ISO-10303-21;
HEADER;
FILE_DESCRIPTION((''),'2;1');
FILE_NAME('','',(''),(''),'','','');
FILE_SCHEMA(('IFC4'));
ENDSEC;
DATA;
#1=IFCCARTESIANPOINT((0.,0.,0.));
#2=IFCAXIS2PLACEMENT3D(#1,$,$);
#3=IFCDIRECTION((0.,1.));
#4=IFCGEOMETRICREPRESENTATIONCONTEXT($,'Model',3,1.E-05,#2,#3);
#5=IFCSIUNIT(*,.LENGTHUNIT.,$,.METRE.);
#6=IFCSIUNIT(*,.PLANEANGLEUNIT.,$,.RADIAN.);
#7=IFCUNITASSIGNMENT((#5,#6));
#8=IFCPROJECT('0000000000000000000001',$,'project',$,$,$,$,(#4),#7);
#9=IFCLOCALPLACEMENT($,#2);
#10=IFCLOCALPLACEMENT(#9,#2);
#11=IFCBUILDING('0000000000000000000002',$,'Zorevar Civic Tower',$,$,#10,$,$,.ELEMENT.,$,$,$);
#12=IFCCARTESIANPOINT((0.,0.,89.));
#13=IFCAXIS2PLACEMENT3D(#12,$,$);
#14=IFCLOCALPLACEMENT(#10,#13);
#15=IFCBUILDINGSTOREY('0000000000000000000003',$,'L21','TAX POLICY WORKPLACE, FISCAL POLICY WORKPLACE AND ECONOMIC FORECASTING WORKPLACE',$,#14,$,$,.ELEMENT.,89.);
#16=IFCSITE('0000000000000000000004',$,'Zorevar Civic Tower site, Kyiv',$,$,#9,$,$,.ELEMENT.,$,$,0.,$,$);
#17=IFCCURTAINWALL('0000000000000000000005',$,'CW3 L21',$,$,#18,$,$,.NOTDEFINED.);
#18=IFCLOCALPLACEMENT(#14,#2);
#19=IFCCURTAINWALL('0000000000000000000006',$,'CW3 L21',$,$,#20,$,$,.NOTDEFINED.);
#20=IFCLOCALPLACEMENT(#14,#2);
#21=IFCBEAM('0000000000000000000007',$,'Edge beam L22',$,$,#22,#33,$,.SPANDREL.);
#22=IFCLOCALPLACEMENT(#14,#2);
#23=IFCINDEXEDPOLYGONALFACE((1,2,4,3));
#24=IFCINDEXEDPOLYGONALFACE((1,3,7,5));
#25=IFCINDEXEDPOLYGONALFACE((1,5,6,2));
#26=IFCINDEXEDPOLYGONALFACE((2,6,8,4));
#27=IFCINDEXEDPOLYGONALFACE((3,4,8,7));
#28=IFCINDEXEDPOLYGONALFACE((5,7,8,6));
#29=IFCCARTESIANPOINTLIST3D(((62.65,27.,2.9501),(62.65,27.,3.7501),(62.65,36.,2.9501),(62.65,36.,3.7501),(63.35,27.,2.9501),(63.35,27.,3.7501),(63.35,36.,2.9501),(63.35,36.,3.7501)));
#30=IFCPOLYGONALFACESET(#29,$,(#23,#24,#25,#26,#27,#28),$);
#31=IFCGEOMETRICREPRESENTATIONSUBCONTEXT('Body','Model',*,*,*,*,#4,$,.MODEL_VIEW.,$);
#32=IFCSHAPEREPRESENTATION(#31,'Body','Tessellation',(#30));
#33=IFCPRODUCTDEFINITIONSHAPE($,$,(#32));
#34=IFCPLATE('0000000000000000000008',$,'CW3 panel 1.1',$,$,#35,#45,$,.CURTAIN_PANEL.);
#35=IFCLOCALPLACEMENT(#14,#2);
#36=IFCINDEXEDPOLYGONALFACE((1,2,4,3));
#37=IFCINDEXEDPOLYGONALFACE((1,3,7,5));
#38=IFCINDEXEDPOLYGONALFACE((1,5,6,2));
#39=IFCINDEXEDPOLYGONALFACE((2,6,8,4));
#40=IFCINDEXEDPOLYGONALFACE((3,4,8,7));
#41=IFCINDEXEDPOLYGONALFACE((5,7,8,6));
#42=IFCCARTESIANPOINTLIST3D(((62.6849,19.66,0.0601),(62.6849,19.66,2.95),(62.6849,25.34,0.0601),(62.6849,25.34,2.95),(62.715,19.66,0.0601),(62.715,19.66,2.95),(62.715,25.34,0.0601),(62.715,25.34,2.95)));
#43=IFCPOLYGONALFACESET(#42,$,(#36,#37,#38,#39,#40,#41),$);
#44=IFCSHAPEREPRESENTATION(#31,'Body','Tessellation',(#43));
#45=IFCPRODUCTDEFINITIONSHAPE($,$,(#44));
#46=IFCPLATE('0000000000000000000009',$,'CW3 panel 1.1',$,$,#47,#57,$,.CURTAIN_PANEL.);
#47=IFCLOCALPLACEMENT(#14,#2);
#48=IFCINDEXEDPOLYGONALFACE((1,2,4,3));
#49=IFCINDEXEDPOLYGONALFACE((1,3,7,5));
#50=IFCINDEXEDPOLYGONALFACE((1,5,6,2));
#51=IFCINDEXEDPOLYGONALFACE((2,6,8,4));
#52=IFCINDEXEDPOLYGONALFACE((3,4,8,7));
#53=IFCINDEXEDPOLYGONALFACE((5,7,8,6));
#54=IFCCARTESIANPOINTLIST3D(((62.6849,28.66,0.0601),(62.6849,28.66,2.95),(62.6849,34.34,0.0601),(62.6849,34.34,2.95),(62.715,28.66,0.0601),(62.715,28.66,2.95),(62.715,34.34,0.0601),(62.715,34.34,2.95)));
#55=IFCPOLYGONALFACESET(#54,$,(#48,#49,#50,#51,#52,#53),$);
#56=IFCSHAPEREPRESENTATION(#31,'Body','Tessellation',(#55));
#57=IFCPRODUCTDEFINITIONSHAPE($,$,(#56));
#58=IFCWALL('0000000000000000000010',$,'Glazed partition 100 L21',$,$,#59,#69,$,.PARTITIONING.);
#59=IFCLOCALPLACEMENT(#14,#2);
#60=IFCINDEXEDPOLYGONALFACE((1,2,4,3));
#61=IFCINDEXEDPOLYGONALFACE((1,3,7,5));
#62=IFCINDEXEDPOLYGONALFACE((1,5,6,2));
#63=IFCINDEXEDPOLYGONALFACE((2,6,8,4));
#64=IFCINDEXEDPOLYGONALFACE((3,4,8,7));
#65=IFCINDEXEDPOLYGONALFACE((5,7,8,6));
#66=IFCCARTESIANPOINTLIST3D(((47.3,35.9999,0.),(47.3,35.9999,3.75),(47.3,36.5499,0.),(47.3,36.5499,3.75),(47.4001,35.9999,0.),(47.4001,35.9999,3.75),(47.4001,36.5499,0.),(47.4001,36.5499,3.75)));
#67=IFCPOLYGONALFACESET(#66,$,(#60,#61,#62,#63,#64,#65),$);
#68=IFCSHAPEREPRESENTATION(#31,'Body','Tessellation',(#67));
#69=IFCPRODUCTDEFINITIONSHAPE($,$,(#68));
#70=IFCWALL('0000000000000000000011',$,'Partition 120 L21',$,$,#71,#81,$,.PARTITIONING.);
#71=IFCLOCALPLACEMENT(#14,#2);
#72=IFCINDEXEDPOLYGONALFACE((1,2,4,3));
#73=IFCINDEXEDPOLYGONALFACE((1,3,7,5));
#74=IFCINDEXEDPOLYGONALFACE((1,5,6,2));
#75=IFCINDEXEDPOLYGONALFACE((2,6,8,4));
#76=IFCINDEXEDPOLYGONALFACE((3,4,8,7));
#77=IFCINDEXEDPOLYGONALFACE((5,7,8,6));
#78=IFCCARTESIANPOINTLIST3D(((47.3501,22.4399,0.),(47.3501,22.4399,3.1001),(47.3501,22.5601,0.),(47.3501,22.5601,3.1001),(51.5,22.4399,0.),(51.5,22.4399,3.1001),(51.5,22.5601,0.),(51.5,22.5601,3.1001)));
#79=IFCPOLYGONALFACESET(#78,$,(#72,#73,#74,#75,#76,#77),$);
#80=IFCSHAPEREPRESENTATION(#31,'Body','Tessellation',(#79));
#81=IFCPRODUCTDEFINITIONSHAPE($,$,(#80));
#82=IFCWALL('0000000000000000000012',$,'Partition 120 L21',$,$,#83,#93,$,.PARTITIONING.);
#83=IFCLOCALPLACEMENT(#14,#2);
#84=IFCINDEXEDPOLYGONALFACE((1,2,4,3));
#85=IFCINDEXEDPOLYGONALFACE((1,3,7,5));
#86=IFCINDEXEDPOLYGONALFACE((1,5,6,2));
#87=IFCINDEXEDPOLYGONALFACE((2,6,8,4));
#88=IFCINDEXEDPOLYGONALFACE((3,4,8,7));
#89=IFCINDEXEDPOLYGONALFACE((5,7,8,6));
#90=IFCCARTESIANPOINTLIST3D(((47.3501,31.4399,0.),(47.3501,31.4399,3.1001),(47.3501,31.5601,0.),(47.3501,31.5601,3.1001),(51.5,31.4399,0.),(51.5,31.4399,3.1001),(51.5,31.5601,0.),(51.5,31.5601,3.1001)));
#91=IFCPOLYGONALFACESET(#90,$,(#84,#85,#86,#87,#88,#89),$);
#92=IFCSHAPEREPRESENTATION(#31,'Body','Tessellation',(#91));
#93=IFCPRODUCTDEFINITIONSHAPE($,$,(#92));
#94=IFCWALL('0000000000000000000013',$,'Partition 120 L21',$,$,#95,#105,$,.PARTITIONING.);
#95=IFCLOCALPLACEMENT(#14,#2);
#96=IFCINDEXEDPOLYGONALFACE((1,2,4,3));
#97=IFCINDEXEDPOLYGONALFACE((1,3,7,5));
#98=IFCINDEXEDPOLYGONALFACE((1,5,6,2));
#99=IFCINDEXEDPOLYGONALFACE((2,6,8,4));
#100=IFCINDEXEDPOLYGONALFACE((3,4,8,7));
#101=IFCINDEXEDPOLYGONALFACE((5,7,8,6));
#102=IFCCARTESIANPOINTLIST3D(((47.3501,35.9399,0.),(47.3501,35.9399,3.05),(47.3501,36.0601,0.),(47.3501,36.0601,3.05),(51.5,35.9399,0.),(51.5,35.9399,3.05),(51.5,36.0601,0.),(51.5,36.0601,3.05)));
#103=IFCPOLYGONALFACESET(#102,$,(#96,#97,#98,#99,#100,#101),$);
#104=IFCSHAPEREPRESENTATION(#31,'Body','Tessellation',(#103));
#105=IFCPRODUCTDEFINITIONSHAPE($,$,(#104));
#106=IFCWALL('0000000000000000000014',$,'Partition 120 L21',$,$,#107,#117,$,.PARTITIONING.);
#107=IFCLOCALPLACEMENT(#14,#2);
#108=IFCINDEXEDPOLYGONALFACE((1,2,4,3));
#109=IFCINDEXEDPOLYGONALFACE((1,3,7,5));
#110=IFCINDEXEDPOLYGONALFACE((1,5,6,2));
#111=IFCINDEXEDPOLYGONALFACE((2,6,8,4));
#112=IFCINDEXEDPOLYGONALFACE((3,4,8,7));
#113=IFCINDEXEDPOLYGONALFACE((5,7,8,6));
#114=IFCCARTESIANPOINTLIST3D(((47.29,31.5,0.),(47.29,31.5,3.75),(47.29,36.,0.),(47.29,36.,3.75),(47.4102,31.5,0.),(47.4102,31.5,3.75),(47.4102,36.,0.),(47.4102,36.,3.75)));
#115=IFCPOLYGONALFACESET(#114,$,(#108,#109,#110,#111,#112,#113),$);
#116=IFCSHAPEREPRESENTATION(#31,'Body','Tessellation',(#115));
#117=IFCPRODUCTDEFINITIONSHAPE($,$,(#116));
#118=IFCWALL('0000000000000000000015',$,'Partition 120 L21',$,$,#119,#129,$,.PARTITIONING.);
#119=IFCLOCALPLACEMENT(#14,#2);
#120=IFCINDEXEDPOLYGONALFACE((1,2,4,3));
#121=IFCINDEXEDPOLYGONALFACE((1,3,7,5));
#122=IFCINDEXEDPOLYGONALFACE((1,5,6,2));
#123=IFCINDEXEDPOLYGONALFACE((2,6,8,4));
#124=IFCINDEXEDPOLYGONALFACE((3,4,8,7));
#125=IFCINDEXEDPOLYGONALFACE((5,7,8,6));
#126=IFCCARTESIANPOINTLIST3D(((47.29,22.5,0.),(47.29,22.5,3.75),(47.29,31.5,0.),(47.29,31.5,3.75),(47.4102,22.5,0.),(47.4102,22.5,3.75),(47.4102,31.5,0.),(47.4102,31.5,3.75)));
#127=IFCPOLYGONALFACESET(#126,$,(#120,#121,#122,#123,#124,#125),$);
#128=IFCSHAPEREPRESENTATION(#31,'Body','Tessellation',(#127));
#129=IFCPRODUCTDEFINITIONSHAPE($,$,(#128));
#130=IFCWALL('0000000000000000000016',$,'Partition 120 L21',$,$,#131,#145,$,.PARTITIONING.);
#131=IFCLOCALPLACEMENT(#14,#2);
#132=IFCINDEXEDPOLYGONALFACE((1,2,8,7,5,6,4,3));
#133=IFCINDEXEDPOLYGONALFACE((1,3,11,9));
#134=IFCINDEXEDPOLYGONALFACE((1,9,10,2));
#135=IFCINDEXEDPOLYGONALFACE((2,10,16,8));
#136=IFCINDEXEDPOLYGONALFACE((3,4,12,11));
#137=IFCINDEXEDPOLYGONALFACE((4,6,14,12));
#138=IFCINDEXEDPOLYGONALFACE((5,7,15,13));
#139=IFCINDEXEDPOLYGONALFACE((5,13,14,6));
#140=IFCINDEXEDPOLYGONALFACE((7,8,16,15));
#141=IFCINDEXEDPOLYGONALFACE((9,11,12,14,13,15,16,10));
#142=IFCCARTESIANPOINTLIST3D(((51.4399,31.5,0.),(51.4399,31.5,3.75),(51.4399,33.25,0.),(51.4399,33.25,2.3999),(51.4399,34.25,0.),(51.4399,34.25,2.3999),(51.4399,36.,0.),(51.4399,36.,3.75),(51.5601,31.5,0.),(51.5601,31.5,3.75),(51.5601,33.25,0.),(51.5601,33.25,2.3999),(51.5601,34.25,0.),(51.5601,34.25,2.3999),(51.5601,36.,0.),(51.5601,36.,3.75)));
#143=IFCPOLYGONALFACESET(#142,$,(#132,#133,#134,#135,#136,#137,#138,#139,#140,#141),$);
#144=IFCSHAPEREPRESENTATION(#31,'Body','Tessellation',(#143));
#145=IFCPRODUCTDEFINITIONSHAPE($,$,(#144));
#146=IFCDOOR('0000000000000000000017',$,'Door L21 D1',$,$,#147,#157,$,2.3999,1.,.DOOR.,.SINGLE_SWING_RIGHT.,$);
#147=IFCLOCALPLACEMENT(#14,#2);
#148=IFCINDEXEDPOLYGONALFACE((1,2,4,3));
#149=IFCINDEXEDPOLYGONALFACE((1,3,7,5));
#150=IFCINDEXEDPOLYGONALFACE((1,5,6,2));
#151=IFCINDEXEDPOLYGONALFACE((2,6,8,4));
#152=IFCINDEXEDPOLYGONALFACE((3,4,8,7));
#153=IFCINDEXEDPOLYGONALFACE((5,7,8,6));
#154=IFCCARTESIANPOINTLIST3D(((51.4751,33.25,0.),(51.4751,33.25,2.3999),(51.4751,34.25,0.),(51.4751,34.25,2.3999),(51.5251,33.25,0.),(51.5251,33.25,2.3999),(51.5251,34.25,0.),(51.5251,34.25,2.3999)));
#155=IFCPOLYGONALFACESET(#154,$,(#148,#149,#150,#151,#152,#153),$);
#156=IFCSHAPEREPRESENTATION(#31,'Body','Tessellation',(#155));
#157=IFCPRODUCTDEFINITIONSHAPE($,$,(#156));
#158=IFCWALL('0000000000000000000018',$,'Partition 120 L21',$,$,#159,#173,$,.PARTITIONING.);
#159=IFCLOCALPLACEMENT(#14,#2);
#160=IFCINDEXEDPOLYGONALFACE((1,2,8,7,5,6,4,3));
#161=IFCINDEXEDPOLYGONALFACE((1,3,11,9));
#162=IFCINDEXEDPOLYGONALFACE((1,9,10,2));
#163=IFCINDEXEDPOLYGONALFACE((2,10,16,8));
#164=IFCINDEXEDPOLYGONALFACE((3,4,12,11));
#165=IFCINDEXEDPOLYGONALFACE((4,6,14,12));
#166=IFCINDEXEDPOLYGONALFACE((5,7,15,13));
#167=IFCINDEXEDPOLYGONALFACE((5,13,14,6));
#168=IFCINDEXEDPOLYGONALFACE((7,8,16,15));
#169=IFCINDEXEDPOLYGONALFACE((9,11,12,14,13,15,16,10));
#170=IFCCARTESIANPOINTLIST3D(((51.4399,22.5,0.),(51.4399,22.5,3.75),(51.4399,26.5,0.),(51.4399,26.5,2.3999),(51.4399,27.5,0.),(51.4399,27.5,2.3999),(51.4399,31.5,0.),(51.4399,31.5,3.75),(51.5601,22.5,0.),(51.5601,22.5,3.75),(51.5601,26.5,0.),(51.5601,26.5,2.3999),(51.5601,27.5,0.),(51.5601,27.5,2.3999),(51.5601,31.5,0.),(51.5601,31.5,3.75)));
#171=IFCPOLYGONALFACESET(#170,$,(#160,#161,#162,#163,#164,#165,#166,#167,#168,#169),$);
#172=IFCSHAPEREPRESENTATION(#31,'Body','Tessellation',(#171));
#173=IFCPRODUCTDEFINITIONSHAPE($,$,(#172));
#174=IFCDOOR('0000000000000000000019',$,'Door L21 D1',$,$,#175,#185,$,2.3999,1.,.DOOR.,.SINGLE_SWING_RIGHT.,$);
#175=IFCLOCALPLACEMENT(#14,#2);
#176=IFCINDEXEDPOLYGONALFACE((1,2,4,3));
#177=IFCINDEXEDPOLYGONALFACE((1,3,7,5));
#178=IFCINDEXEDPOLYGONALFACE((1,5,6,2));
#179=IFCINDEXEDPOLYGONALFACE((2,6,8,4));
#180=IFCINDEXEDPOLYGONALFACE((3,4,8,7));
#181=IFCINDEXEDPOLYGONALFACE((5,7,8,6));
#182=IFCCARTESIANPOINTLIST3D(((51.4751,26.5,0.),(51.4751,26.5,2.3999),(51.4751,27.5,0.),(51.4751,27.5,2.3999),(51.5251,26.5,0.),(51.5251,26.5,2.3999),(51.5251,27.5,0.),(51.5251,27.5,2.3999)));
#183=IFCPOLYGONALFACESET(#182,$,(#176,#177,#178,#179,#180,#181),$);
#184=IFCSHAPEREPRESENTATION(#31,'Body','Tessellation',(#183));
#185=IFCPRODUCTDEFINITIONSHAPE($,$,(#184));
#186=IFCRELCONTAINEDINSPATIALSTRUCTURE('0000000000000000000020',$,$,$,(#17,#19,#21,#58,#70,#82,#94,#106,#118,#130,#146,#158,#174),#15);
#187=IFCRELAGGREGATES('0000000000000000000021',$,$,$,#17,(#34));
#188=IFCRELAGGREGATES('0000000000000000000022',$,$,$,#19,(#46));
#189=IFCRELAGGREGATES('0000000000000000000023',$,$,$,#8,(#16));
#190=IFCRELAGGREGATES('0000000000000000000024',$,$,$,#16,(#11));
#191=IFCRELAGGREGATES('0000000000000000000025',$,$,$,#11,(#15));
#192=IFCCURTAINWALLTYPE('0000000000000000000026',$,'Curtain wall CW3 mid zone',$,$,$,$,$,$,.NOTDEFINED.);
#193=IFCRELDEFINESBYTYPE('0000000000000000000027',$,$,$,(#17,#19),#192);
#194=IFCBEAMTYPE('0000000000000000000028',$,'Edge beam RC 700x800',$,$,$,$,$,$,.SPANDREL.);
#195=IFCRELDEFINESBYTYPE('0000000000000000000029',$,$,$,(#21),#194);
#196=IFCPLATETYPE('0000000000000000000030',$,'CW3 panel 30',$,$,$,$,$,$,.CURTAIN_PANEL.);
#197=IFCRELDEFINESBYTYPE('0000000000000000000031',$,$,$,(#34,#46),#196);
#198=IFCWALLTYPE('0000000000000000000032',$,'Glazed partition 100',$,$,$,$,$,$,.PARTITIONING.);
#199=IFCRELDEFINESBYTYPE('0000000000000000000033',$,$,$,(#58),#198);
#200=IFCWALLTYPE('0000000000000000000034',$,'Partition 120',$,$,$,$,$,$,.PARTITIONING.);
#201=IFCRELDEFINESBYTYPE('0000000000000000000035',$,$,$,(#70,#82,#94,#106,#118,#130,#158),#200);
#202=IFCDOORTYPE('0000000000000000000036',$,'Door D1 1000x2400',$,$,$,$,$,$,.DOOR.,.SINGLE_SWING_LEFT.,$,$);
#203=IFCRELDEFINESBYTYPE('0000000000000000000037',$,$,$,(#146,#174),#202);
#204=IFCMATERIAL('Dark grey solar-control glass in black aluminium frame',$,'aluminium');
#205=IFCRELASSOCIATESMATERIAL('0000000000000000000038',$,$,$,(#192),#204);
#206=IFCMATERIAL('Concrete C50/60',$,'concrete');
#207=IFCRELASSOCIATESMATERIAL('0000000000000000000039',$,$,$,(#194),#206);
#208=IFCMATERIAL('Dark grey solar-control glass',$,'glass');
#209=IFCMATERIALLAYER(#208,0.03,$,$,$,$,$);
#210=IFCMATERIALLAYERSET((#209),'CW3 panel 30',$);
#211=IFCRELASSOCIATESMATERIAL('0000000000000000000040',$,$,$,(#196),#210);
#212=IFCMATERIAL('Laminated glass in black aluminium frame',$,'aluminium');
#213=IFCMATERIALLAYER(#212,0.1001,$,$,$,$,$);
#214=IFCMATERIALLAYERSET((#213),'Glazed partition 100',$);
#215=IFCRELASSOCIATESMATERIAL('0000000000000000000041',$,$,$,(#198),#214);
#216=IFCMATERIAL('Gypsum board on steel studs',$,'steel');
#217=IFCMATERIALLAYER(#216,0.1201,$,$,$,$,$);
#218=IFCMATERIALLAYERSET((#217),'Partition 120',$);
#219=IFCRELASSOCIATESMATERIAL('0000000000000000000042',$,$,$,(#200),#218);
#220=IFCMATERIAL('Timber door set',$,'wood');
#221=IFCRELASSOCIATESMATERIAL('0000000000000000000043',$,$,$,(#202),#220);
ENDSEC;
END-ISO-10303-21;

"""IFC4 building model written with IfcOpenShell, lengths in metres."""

from ifc_helpers import new_model, si_unit, direction, frame, frame_2d, origin, origin_2d, place, context, subcontext, project, spatial, rectangle, extrude, material, layer, layer_set, material_profile, profile_set, type_object, element, fill, aggregate, save


model = new_model("IFC4")

# Units and contexts
model_context = context("Model", 3, precision=1e-05, world=origin(), true_north=direction((0.0, 1.0)))
body_context = subcontext(model_context, "Body", "Model", "MODEL_VIEW")
ifc_project = project(units=[si_unit("LENGTHUNIT", "METRE"), si_unit("PLANEANGLEUNIT", "RADIAN")], contexts=[model_context])

# Site, building, storey
site_placement = place(None, origin())
site = spatial("IfcSite", under=ifc_project, at=site_placement, Name="Zorevar Civic Tower site, Kyiv", CompositionType="ELEMENT", RefElevation=0.0)
building_placement = place(site_placement, origin())
building = spatial("IfcBuilding", under=site, at=building_placement, Name="Zorevar Civic Tower", CompositionType="ELEMENT")
storey_placement = place(building_placement, frame((0.0, 0.0, 89.0)))
storey = spatial("IfcBuildingStorey", under=building, at=storey_placement, Name="L21", Description="TAX POLICY WORKPLACE, FISCAL POLICY WORKPLACE AND ECONOMIC FORECASTING WORKPLACE", CompositionType="ELEMENT", Elevation=89.0)

# Curtain wall
ifc_material_1 = material(Name="Dark grey solar-control glass in black aluminium frame", Category="aluminium")
curtain_wall_type = type_object("IfcCurtainWallType", Name="Curtain wall CW3 mid zone", PredefinedType="NOTDEFINED", material=ifc_material_1)
curtain_wall_1_placement = place(storey_placement, origin())
curtain_wall_1 = element("IfcCurtainWall", 1, at=curtain_wall_1_placement, inside=storey, type_object=curtain_wall_type, Name="CW3 L21", PredefinedType="NOTDEFINED")

# Curtain wall
curtain_wall_2_placement = place(storey_placement, origin())
curtain_wall_2 = element("IfcCurtainWall", 2, at=curtain_wall_2_placement, inside=storey, type_object=curtain_wall_type, Name="CW3 L21", PredefinedType="NOTDEFINED")

# Beam
ifc_material_2 = material(Name="Concrete C50/60", Category="concrete")
ifc_material_profile_1 = material_profile(ifc_material_2, rectangle(XDim=0.7, YDim=0.8, at=origin_2d()), Name="RC 700x800")
ifc_profile_set_1 = profile_set([ifc_material_profile_1], Name="Concrete C50/60")
beam_type_1 = type_object("IfcBeamType", Name="Edge beam RC 700x800", PredefinedType="SPANDREL", material=ifc_profile_set_1)
beam_1_placement = place(storey_placement, frame((63.0, 27.0, 3.3501), z_axis=(0.0, 1.0, 0.0), x_axis=(-1.0, 0.0, 0.0)))
element("IfcBeam", 3, at=beam_1_placement, inside=storey, type_object=beam_type_1, Name="Edge beam L22", PredefinedType="SPANDREL", context=body_context, shape_type="SweptSolid", body=[
    extrude(rectangle(XDim=0.7, YDim=0.8, at=origin_2d()), origin(), (0.0, 0.0, 1.0), 9.0),
])

# Plates
ifc_material_3 = material(Name="Dark grey solar-control glass", Category="glass")
ifc_layer_1 = layer(ifc_material_3, 0.03)
ifc_layer_set_1 = layer_set([ifc_layer_1], Name="CW3 panel 30")
plate_type = type_object("IfcPlateType", Name="CW3 panel 30", PredefinedType="CURTAIN_PANEL", material=ifc_layer_set_1)
plate_1_placement = place(storey_placement, frame((62.7, 22.5, 0.0601), z_axis=(0.0, 0.0, 1.0), x_axis=(0.0, 1.0, 0.0)))
plate_1 = element("IfcPlate", 4, at=plate_1_placement, type_object=plate_type, Name="CW3 panel 1.1", PredefinedType="CURTAIN_PANEL", context=body_context, shape_type="SweptSolid", body=[
    extrude(rectangle(XDim=5.6799, YDim=0.03, at=origin_2d()), origin(), (0.0, 0.0, 1.0), 2.8899),
])
aggregate(curtain_wall_1, [plate_1])
plate_2_placement = place(storey_placement, frame((62.7, 31.5, 0.0601), z_axis=(0.0, 0.0, 1.0), x_axis=(0.0, 1.0, 0.0)))
plate_2 = element("IfcPlate", 5, at=plate_2_placement, type_object=plate_type, Name="CW3 panel 1.1", PredefinedType="CURTAIN_PANEL", context=body_context, shape_type="SweptSolid", body=[
    extrude(rectangle(XDim=5.6799, YDim=0.03, at=origin_2d()), origin(), (0.0, 0.0, 1.0), 2.8899),
])
aggregate(curtain_wall_2, [plate_2])

# Walls
ifc_material_4 = material(Name="Laminated glass in black aluminium frame", Category="aluminium")
ifc_layer_2 = layer(ifc_material_4, 0.1001)
ifc_layer_set_2 = layer_set([ifc_layer_2], Name="Glazed partition 100")
wall_type_1 = type_object("IfcWallType", Name="Glazed partition 100", PredefinedType="PARTITIONING", material=ifc_layer_set_2)
wall_1_placement = place(storey_placement, frame((47.3501, 36.0, 0.0), z_axis=(0.0, 0.0, 1.0), x_axis=(0.0, 1.0, 0.0)))
element("IfcWall", 6, at=wall_1_placement, inside=storey, type_object=wall_type_1, Name="Glazed partition 100 L21", PredefinedType="PARTITIONING", context=body_context, shape_type="SweptSolid", body=[
    extrude(rectangle(XDim=0.55, YDim=0.1001, at=frame_2d((0.2749, 0.0))), origin(), (0.0, 0.0, 1.0), 3.75),
])
ifc_material_5 = material(Name="Gypsum board on steel studs", Category="steel")
ifc_layer_3 = layer(ifc_material_5, 0.1201)
ifc_layer_set_3 = layer_set([ifc_layer_3], Name="Partition 120")
wall_type_2 = type_object("IfcWallType", Name="Partition 120", PredefinedType="PARTITIONING", material=ifc_layer_set_3)
for number, where, z_axis, x_axis, name in (
    (7, (47.3501, 22.5, 0.0), (0.0, 0.0, 1.0), (1.0, 0.0, 0.0), "Partition 120 L21"),
    (8, (47.3501, 31.5, 0.0), (0.0, 0.0, 1.0), (1.0, 0.0, 0.0), "Partition 120 L21"),
):
    element("IfcWall", number, at=place(storey_placement, frame(where, z_axis=z_axis, x_axis=x_axis)), inside=storey, type_object=wall_type_2, Name=name, PredefinedType="PARTITIONING", context=body_context, shape_type="SweptSolid", body=[
        extrude(rectangle(XDim=4.1499, YDim=0.1201, at=frame_2d((2.075, 0.0))), origin(), (0.0, 0.0, 1.0), 3.1001),
    ])
wall_2_placement = place(storey_placement, frame((47.3501, 36.0, 0.0), z_axis=(0.0, 0.0, 1.0), x_axis=(1.0, 0.0, 0.0)))
element("IfcWall", 9, at=wall_2_placement, inside=storey, type_object=wall_type_2, Name="Partition 120 L21", PredefinedType="PARTITIONING", context=body_context, shape_type="SweptSolid", body=[
    extrude(rectangle(XDim=4.1499, YDim=0.1201, at=frame_2d((2.075, 0.0))), origin(), (0.0, 0.0, 1.0), 3.05),
])
wall_3_placement = place(storey_placement, frame((47.3501, 31.5, 0.0), z_axis=(0.0, 0.0, 1.0), x_axis=(0.0, 1.0, 0.0)))
element("IfcWall", 10, at=wall_3_placement, inside=storey, type_object=wall_type_2, Name="Partition 120 L21", PredefinedType="PARTITIONING", context=body_context, shape_type="SweptSolid", body=[
    extrude(rectangle(XDim=4.5, YDim=0.1201, at=frame_2d((2.25, 0.0))), origin(), (0.0, 0.0, 1.0), 3.75),
])
wall_4_placement = place(storey_placement, frame((47.3501, 22.5, 0.0), z_axis=(0.0, 0.0, 1.0), x_axis=(0.0, 1.0, 0.0)))
element("IfcWall", 11, at=wall_4_placement, inside=storey, type_object=wall_type_2, Name="Partition 120 L21", PredefinedType="PARTITIONING", context=body_context, shape_type="SweptSolid", body=[
    extrude(rectangle(XDim=9.0, YDim=0.1201, at=frame_2d((4.5, 0.0))), origin(), (0.0, 0.0, 1.0), 3.75),
])

# Walls, openings, doors
wall_5_placement = place(storey_placement, frame((51.5, 31.5, 0.0), z_axis=(0.0, 0.0, 1.0), x_axis=(0.0, 1.0, 0.0)))
wall_5 = element("IfcWall", 12, at=wall_5_placement, inside=storey, type_object=wall_type_2, Name="Partition 120 L21", PredefinedType="PARTITIONING", context=body_context, shape_type="SweptSolid", body=[
    extrude(rectangle(XDim=4.5, YDim=0.1201, at=frame_2d((2.25, 0.0))), origin(), (0.0, 0.0, 1.0), 3.75),
])
opening_1_placement = place(wall_5_placement, frame((1.75, 0.0, 0.0)))
opening_1 = element("IfcOpeningElement", 13, at=opening_1_placement, cuts=wall_5, PredefinedType="OPENING", context=body_context, shape_type="SweptSolid", body=[
    extrude(rectangle(XDim=1.0, YDim=2.3999, at=frame_2d((0.5, 1.2))), frame((0.0, 0.0701, 0.0), z_axis=(0.0, -1.0, 0.0), x_axis=(1.0, 0.0, 0.0)), (0.0, 0.0, 1.0), 0.1401),
])
ifc_material_6 = material(Name="Timber door set", Category="wood")
door_type = type_object("IfcDoorType", Name="Door D1 1000x2400", OperationType="SINGLE_SWING_LEFT", PredefinedType="DOOR", material=ifc_material_6)
door_1_placement = place(opening_1_placement, origin())
door_1 = element("IfcDoor", 14, at=door_1_placement, inside=storey, type_object=door_type, Name="Door L21 D1", OperationType="SINGLE_SWING_RIGHT", OverallHeight=2.3999, OverallWidth=1.0, PredefinedType="DOOR", context=body_context, shape_type="SweptSolid", body=[
    extrude(rectangle(XDim=1.0, YDim=2.3999, at=frame_2d((0.5, 1.2))), frame((0.0, 0.0249, 0.0), z_axis=(0.0, -1.0, 0.0), x_axis=(1.0, 0.0, 0.0)), (0.0, 0.0, 1.0), 0.05),
])
fill(opening_1, door_1)
wall_6_placement = place(storey_placement, frame((51.5, 22.5, 0.0), z_axis=(0.0, 0.0, 1.0), x_axis=(0.0, 1.0, 0.0)))
wall_6 = element("IfcWall", 15, at=wall_6_placement, inside=storey, type_object=wall_type_2, Name="Partition 120 L21", PredefinedType="PARTITIONING", context=body_context, shape_type="SweptSolid", body=[
    extrude(rectangle(XDim=9.0, YDim=0.1201, at=frame_2d((4.5, 0.0))), origin(), (0.0, 0.0, 1.0), 3.75),
])
opening_2_placement = place(wall_6_placement, frame((4.0, 0.0, 0.0)))
opening_2 = element("IfcOpeningElement", 16, at=opening_2_placement, cuts=wall_6, PredefinedType="OPENING", context=body_context, shape_type="SweptSolid", body=[
    extrude(rectangle(XDim=1.0, YDim=2.3999, at=frame_2d((0.5, 1.2))), frame((0.0, 0.0701, 0.0), z_axis=(0.0, -1.0, 0.0), x_axis=(1.0, 0.0, 0.0)), (0.0, 0.0, 1.0), 0.1401),
])
door_2_placement = place(opening_2_placement, origin())
door_2 = element("IfcDoor", 17, at=door_2_placement, inside=storey, type_object=door_type, Name="Door L21 D1", OperationType="SINGLE_SWING_RIGHT", OverallHeight=2.3999, OverallWidth=1.0, PredefinedType="DOOR", context=body_context, shape_type="SweptSolid", body=[
    extrude(rectangle(XDim=1.0, YDim=2.3999, at=frame_2d((0.5, 1.2))), frame((0.0, 0.0249, 0.0), z_axis=(0.0, -1.0, 0.0), x_axis=(1.0, 0.0, 0.0)), (0.0, 0.0, 1.0), 0.05),
])
fill(opening_2, door_2)

save(model, "model.ifc")
